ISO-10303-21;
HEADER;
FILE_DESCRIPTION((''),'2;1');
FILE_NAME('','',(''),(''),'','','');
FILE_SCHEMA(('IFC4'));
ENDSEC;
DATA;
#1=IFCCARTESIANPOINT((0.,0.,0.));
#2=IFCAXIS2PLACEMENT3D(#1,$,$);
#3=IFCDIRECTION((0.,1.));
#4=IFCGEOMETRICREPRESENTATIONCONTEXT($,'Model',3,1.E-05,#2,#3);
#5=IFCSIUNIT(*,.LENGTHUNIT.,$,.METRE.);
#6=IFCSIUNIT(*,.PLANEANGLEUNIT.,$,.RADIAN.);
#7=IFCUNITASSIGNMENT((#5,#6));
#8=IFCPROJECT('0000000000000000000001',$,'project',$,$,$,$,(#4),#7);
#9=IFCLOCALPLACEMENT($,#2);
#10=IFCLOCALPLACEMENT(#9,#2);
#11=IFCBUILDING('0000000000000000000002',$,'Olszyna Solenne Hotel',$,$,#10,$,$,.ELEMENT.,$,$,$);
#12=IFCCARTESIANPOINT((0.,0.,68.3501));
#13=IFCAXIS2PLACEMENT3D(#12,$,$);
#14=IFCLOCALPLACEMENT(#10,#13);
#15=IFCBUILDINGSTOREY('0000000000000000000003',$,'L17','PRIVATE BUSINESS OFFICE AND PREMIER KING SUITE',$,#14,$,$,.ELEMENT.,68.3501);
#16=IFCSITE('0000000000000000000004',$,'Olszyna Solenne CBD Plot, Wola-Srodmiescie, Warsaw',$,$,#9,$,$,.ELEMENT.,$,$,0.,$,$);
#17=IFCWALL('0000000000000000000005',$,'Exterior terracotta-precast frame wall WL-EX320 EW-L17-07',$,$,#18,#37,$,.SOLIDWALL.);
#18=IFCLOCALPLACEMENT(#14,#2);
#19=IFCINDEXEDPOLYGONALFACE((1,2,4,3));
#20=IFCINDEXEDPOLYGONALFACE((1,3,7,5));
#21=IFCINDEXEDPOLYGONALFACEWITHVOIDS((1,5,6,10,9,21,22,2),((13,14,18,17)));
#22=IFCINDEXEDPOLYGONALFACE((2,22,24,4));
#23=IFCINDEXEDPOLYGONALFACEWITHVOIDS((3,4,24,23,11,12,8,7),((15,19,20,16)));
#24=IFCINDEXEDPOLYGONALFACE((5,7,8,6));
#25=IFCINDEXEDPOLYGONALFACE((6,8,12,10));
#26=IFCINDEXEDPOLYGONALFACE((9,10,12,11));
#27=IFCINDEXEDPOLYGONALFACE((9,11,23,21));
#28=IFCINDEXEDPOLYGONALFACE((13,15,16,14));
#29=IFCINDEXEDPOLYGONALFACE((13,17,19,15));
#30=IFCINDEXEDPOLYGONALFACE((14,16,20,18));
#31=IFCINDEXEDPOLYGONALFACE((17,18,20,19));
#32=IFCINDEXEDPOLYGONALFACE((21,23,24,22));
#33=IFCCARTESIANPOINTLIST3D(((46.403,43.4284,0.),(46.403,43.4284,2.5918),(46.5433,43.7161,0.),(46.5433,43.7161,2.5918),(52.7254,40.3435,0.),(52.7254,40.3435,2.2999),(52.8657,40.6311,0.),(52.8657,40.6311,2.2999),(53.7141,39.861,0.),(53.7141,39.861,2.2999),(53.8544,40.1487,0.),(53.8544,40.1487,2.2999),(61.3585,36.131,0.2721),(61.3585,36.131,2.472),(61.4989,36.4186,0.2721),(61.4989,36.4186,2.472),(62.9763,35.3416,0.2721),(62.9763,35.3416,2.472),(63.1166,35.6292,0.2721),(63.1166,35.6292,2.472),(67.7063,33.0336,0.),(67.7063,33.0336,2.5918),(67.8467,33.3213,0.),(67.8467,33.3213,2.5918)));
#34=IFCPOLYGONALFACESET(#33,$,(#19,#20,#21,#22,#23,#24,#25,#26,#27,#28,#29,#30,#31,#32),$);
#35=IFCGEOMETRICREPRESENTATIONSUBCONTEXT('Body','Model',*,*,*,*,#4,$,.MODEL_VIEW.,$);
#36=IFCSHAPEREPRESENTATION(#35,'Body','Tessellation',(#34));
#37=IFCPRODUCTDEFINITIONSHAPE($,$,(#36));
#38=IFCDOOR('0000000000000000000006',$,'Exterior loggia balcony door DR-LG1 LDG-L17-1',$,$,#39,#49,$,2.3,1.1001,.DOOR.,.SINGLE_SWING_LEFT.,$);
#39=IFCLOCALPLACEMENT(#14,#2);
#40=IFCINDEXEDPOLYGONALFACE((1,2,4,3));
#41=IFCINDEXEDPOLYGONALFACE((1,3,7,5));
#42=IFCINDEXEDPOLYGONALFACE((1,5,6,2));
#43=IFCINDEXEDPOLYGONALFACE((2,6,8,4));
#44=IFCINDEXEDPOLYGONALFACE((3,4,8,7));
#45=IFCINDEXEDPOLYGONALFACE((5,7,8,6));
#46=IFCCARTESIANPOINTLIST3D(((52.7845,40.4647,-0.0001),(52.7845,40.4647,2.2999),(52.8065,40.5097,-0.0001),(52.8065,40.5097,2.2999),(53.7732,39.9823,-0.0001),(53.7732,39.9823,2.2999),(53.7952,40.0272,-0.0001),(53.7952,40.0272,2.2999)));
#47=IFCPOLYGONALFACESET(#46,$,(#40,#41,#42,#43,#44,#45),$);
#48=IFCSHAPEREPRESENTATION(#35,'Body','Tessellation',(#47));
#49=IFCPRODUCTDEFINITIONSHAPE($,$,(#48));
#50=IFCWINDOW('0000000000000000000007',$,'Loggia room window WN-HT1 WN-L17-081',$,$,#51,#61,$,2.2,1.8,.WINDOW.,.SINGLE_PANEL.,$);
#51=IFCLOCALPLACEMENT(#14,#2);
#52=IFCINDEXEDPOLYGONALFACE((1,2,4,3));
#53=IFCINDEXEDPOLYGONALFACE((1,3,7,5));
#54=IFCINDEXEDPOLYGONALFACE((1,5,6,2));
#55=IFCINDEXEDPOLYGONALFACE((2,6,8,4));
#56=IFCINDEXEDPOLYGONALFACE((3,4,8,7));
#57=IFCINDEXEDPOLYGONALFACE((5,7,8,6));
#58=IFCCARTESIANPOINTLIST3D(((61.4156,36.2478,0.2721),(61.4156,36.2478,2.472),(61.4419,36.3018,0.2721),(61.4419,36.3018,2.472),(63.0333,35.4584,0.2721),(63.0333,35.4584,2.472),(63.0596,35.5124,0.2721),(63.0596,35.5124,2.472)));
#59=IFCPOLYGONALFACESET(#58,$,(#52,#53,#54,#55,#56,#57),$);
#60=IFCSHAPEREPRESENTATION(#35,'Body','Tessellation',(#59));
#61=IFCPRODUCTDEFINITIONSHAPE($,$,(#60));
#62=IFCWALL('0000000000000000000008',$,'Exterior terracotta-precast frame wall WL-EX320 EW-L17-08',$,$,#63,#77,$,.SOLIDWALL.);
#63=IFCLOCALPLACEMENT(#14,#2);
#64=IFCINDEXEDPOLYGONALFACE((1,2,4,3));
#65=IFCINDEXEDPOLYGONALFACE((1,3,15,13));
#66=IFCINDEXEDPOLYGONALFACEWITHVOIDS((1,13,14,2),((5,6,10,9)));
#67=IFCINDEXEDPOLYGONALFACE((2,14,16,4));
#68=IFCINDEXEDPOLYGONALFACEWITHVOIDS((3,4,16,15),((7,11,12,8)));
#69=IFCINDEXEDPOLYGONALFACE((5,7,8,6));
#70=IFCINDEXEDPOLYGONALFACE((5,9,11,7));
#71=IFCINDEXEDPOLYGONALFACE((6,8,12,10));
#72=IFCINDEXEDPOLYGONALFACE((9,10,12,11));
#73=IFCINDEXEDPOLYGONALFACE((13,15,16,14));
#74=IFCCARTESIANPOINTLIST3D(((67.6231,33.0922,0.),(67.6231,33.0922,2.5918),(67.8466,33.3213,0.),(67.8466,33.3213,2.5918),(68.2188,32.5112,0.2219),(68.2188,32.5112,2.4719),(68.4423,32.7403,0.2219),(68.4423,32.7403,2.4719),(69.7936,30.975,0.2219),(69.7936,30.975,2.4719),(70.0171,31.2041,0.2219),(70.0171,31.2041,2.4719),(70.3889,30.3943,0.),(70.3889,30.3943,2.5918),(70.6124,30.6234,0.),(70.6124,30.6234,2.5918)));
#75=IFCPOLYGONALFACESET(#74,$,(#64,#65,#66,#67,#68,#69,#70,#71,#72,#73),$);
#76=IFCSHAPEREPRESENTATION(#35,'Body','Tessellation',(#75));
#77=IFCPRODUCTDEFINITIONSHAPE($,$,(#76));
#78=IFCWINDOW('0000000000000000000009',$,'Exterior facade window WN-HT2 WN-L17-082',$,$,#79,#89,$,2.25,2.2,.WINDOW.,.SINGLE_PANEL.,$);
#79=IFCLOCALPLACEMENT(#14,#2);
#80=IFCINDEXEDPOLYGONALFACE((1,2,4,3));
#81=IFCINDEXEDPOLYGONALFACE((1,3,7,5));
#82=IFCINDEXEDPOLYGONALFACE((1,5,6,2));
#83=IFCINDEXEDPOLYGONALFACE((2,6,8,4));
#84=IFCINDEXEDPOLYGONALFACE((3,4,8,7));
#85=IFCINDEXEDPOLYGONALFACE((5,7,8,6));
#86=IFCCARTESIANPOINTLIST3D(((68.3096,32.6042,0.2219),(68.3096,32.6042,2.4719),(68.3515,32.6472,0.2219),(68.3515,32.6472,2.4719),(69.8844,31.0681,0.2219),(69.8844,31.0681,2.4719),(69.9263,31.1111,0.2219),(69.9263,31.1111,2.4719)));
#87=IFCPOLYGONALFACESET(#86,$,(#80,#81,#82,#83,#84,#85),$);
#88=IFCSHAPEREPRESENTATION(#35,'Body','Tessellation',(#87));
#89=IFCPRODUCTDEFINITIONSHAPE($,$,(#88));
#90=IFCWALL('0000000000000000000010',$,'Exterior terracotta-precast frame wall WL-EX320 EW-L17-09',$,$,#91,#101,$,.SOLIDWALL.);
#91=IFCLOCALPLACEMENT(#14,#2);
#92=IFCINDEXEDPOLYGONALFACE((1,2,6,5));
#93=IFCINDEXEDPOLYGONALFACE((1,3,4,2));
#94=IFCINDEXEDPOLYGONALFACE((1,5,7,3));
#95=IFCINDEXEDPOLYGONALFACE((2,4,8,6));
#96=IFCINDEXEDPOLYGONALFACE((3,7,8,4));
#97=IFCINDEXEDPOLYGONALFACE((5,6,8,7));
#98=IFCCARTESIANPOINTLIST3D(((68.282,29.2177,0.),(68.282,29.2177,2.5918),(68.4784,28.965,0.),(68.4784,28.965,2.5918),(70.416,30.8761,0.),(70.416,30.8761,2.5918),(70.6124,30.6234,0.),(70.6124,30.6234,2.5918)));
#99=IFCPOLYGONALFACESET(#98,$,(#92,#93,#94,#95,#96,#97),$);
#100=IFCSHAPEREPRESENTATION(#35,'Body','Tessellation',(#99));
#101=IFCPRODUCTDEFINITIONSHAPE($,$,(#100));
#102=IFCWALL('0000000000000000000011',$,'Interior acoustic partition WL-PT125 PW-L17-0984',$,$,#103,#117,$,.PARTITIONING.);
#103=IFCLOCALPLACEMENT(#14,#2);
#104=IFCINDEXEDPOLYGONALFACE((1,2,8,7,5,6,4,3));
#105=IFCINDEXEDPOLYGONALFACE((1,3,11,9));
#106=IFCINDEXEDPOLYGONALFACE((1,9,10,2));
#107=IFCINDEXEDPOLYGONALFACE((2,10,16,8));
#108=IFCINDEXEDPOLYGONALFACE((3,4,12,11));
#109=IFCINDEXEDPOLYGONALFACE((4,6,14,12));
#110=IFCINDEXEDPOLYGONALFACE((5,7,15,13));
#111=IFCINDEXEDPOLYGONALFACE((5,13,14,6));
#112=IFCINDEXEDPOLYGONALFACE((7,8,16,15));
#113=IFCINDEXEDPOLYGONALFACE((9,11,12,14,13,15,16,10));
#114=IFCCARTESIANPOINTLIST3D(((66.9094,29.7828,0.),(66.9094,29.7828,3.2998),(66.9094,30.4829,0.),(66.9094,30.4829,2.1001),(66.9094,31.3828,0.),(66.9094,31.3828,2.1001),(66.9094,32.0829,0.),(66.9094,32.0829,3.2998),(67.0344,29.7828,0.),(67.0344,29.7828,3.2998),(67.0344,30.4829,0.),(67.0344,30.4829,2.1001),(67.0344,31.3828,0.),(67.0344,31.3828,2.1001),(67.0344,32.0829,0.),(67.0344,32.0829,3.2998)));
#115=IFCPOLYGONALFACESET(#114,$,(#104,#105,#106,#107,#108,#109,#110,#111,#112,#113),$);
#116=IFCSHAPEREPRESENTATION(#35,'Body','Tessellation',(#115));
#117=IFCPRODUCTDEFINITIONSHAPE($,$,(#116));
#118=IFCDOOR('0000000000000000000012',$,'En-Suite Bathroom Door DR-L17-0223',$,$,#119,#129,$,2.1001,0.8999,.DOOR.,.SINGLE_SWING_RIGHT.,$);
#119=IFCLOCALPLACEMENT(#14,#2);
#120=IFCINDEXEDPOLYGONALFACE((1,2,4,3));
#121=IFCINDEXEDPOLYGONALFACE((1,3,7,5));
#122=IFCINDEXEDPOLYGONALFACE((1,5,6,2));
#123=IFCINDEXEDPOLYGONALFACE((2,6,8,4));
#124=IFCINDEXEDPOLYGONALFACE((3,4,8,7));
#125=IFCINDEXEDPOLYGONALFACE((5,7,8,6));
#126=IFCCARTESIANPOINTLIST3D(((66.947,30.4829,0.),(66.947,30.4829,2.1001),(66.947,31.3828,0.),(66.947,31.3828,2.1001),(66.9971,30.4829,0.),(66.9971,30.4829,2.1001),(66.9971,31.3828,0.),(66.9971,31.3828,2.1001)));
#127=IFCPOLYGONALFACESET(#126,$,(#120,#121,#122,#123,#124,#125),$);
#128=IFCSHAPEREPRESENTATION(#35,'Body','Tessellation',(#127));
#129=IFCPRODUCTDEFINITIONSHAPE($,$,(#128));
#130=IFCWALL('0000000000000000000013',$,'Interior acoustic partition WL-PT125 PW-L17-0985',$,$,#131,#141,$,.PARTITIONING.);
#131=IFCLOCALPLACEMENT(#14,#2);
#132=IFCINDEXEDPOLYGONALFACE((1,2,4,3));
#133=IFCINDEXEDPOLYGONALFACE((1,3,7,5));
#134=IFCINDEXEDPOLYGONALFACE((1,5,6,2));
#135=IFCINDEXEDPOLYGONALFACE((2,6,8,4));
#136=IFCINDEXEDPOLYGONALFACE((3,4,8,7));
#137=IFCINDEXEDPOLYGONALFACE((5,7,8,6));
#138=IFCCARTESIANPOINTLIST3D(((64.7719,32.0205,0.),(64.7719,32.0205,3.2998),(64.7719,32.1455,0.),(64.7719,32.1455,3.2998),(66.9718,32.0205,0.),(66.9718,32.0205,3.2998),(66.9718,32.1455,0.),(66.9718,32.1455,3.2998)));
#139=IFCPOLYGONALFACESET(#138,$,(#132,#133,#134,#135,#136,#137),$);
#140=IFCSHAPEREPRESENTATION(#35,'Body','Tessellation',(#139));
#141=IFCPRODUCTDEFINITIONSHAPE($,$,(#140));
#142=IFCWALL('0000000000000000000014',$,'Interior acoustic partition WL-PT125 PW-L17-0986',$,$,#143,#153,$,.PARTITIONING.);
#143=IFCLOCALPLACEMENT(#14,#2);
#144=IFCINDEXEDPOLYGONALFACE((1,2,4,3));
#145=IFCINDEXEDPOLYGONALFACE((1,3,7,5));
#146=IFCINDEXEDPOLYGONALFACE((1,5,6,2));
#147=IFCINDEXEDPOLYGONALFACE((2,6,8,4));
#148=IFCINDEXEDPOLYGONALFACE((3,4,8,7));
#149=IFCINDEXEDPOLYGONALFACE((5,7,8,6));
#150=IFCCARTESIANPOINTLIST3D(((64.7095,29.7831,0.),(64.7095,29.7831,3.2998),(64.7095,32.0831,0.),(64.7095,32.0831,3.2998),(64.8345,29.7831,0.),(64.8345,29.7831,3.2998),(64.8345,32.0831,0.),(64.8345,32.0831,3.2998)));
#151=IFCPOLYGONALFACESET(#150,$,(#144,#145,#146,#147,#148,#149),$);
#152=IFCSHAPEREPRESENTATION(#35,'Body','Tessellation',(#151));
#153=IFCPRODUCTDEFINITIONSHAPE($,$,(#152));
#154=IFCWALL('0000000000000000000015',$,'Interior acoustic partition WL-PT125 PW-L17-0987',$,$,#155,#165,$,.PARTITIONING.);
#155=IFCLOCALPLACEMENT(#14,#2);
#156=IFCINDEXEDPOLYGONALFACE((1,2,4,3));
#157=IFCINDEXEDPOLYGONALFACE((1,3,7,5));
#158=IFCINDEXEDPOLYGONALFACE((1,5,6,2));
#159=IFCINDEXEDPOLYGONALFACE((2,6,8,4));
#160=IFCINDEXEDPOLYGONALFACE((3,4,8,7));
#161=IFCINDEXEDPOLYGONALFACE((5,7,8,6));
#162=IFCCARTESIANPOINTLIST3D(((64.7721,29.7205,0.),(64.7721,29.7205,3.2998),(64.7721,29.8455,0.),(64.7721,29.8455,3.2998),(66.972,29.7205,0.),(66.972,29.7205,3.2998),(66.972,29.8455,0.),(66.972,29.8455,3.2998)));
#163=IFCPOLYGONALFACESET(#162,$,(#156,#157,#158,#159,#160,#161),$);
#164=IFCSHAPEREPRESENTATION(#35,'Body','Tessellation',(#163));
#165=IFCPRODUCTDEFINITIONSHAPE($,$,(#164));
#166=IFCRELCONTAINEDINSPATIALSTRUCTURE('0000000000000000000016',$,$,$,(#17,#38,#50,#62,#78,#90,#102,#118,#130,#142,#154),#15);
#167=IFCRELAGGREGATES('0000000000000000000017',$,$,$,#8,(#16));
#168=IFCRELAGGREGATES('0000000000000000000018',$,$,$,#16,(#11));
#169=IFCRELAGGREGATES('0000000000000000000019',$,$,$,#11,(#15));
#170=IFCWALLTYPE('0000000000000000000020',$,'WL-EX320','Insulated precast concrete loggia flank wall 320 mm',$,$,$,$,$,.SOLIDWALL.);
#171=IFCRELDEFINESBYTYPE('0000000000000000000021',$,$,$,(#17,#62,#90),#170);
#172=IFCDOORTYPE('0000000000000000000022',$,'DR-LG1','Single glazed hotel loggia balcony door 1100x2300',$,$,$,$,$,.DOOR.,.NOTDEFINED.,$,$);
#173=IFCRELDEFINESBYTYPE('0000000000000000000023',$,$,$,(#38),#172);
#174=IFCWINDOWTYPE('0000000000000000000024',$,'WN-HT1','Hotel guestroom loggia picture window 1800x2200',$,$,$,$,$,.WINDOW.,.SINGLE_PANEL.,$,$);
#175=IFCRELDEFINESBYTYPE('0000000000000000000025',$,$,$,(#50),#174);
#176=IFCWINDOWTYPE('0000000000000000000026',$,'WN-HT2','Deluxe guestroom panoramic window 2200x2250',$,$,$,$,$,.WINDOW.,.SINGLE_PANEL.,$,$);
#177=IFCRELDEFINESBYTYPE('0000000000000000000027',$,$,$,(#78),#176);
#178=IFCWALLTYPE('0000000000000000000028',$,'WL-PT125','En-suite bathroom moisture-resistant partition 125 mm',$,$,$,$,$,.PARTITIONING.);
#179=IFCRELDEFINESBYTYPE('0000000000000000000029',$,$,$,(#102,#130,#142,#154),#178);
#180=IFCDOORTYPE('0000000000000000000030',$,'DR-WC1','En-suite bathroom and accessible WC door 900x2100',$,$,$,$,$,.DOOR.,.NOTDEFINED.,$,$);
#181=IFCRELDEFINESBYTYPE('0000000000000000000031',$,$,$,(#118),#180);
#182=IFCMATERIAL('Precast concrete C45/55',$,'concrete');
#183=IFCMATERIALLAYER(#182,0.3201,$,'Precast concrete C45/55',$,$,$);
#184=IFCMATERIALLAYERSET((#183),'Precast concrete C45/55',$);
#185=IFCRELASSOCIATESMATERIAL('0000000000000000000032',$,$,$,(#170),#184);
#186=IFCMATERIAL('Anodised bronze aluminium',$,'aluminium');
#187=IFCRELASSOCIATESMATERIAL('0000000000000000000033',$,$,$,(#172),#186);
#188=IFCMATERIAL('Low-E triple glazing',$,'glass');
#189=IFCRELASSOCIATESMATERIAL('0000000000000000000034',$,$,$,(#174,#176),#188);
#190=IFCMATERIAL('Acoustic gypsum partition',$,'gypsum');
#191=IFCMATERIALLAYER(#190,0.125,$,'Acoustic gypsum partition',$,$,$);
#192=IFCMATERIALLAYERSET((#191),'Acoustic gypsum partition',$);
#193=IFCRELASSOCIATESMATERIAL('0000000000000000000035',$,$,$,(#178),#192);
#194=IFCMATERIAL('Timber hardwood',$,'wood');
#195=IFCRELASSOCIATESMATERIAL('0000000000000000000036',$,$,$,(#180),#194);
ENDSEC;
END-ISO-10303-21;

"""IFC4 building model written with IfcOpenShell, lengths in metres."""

from ifc_helpers import new_model, si_unit, direction, frame, frame_2d, origin, place, context, subcontext, project, spatial, rectangle, extrude, source, transform, mapped, material, layer, layer_set, type_object, type_shapes, element, fill, save


model = new_model("IFC4")

# Units and contexts
model_context = context("Model", 3, precision=1e-05, world=origin(), true_north=direction((0.0, 1.0)))
body_context = subcontext(model_context, "Body", "Model", "MODEL_VIEW")
ifc_project = project(units=[si_unit("LENGTHUNIT", "METRE"), si_unit("PLANEANGLEUNIT", "RADIAN")], contexts=[model_context])

# Site, building, storey
site_placement = place(None, origin())
site = spatial("IfcSite", under=ifc_project, at=site_placement, Name="Olszyna Solenne CBD Plot, Wola-Srodmiescie, Warsaw", CompositionType="ELEMENT", RefElevation=0.0)
building_placement = place(site_placement, origin())
building = spatial("IfcBuilding", under=site, at=building_placement, Name="Olszyna Solenne Hotel", CompositionType="ELEMENT")
storey_placement = place(building_placement, frame((0.0, 0.0, 68.3501)))
storey = spatial("IfcBuildingStorey", under=building, at=storey_placement, Name="L17", Description="PRIVATE BUSINESS OFFICE AND PREMIER KING SUITE", CompositionType="ELEMENT", Elevation=68.3501)

# Shared definitions
ifc_material_1 = material(Name="Anodised bronze aluminium", Category="aluminium")

# Shared definitions
ifc_material_2 = material(Name="Timber hardwood", Category="wood")

# Wall, openings, door, window
ifc_material_3 = material(Name="Precast concrete C45/55", Category="concrete")
ifc_layer_1 = layer(ifc_material_3, 0.3201, Name="Precast concrete C45/55")
ifc_layer_set_1 = layer_set([ifc_layer_1], Name="Precast concrete C45/55")
wall_type_1 = type_object("IfcWallType", Name="WL-EX320", Description="Insulated precast concrete loggia flank wall 320 mm", PredefinedType="SOLIDWALL", material=ifc_layer_set_1)
wall_1_placement = place(storey_placement, frame((46.4731, 43.5723, 0.0), z_axis=(0.0, 0.0, 1.0), x_axis=(0.898719, -0.438524, 0.0)))
wall_1 = element("IfcWall", 1, at=wall_1_placement, inside=storey, type_object=wall_type_1, Name="Exterior terracotta-precast frame wall WL-EX320 EW-L17-07", PredefinedType="SOLIDWALL", context=body_context, shape_type="SweptSolid", body=[
    extrude(rectangle(XDim=23.7041, YDim=0.3201, at=frame_2d((11.8521, 0.0))), origin(), (0.0, 0.0, 1.0), 2.5918),
])
opening_1_placement = place(wall_1_placement, frame((7.0349, 0.0, 0.0)))
opening_1 = element("IfcOpeningElement", 2, at=opening_1_placement, cuts=wall_1, PredefinedType="OPENING", context=body_context, shape_type="SweptSolid", body=[
    extrude(rectangle(XDim=1.1001, YDim=2.3, at=frame_2d((0.55, 1.1499))), frame((0.0, 0.1699, 0.0), z_axis=(0.0, -1.0, 0.0), x_axis=(1.0, 0.0, 0.0)), (0.0, 0.0, 1.0), 0.3401),
])
opening_2_placement = place(wall_1_placement, frame((16.6411, 0.0, 0.272)))
opening_2 = element("IfcOpeningElement", 3, at=opening_2_placement, cuts=wall_1, PredefinedType="OPENING", context=body_context, shape_type="SweptSolid", body=[
    extrude(rectangle(XDim=1.8, YDim=2.2, at=frame_2d((0.8999, 1.1001))), frame((0.0, 0.1699, 0.0), z_axis=(0.0, -1.0, 0.0), x_axis=(1.0, 0.0, 0.0)), (0.0, 0.0, 1.0), 0.3401),
])
door_type_1 = type_object("IfcDoorType", Name="DR-LG1", Description="Single glazed hotel loggia balcony door 1100x2300", OperationType="NOTDEFINED", PredefinedType="DOOR", material=ifc_material_1)
shared_shape_1 = source(origin(), body_context, "Body", "SweptSolid", [
    extrude(rectangle(XDim=1.1001, YDim=2.3, at=frame_2d((0.55, 1.1499))), frame((0.0, 0.0249, 0.0), z_axis=(0.0, -1.0, 0.0), x_axis=(1.0, 0.0, 0.0)), (0.0, 0.0, 1.0), 0.05),
])
type_shapes(door_type_1, [shared_shape_1])
door_1_placement = place(opening_1_placement, origin())
door_1 = element("IfcDoor", 4, at=door_1_placement, inside=storey, type_object=door_type_1, Name="Exterior loggia balcony door DR-LG1 LDG-L17-1", OperationType="SINGLE_SWING_LEFT", OverallHeight=2.3, OverallWidth=1.1001, PredefinedType="DOOR", context=body_context, shape_type="MappedRepresentation", body=[
    mapped(shared_shape_1, transform((0.0, 0.0, 0.0), x_axis=(1.0, 0.0, 0.0), y_axis=(0.0, 1.0, 0.0), z_axis=(0.0, 0.0, 1.0), scale=1.0)),
])
fill(opening_1, door_1)
ifc_material_4 = material(Name="Low-E triple glazing", Category="glass")
window_type_1 = type_object("IfcWindowType", Name="WN-HT1", Description="Hotel guestroom loggia picture window 1800x2200", PartitioningType="SINGLE_PANEL", PredefinedType="WINDOW", material=ifc_material_4)
shared_shape_2 = source(origin(), body_context, "Body", "SweptSolid", [
    extrude(rectangle(XDim=1.8, YDim=2.2, at=frame_2d((0.8999, 1.1001))), frame((0.0, 0.03, 0.0), z_axis=(0.0, -1.0, 0.0), x_axis=(1.0, 0.0, 0.0)), (0.0, 0.0, 1.0), 0.0601),
])
type_shapes(window_type_1, [shared_shape_2])
window_1_placement = place(opening_2_placement, origin())
window_1 = element("IfcWindow", 5, at=window_1_placement, inside=storey, type_object=window_type_1, Name="Loggia room window WN-HT1 WN-L17-081", OverallHeight=2.2, OverallWidth=1.8, PartitioningType="SINGLE_PANEL", PredefinedType="WINDOW", context=body_context, shape_type="MappedRepresentation", body=[
    mapped(shared_shape_2, transform((0.0, 0.0, 0.0), x_axis=(1.0, 0.0, 0.0), y_axis=(0.0, 1.0, 0.0), z_axis=(0.0, 0.0, 1.0), scale=1.0)),
])
fill(opening_2, window_1)

# Wall, opening, window
wall_2_placement = place(storey_placement, frame((67.7349, 33.2068, 0.0), z_axis=(0.0, 0.0, 1.0), x_axis=(0.715835, -0.698269, 0.0)))
wall_2 = element("IfcWall", 6, at=wall_2_placement, inside=storey, type_object=wall_type_1, Name="Exterior terracotta-precast frame wall WL-EX320 EW-L17-08", PredefinedType="SOLIDWALL", context=body_context, shape_type="SweptSolid", body=[
    extrude(rectangle(XDim=3.8638, YDim=0.3201, at=frame_2d((1.9319, 0.0))), origin(), (0.0, 0.0, 1.0), 2.5918),
])
opening_3_placement = place(wall_2_placement, frame((0.832, 0.0, 0.2219)))
opening_3 = element("IfcOpeningElement", 7, at=opening_3_placement, cuts=wall_2, PredefinedType="OPENING", context=body_context, shape_type="SweptSolid", body=[
    extrude(rectangle(XDim=2.2, YDim=2.25, at=frame_2d((1.1001, 1.125))), frame((0.0, 0.1699, 0.0), z_axis=(0.0, -1.0, 0.0), x_axis=(1.0, 0.0, 0.0)), (0.0, 0.0, 1.0), 0.3401),
])
window_type_2 = type_object("IfcWindowType", Name="WN-HT2", Description="Deluxe guestroom panoramic window 2200x2250", PartitioningType="SINGLE_PANEL", PredefinedType="WINDOW", material=ifc_material_4)
shared_shape_3 = source(origin(), body_context, "Body", "SweptSolid", [
    extrude(rectangle(XDim=2.2, YDim=2.25, at=frame_2d((1.1001, 1.125))), frame((0.0, 0.03, 0.0), z_axis=(0.0, -1.0, 0.0), x_axis=(1.0, 0.0, 0.0)), (0.0, 0.0, 1.0), 0.0601),
])
type_shapes(window_type_2, [shared_shape_3])
window_2_placement = place(opening_3_placement, origin())
window_2 = element("IfcWindow", 8, at=window_2_placement, inside=storey, type_object=window_type_2, Name="Exterior facade window WN-HT2 WN-L17-082", OverallHeight=2.25, OverallWidth=2.2, PartitioningType="SINGLE_PANEL", PredefinedType="WINDOW", context=body_context, shape_type="MappedRepresentation", body=[
    mapped(shared_shape_3, transform((0.0, 0.0, 0.0), x_axis=(1.0, 0.0, 0.0), y_axis=(0.0, 1.0, 0.0), z_axis=(0.0, 0.0, 1.0), scale=1.0)),
])
fill(opening_3, window_2)

# Wall
wall_3_placement = place(storey_placement, frame((70.5142, 30.7498, 0.0), z_axis=(0.0, 0.0, 1.0), x_axis=(-0.789595, -0.613628, 0.0)))
element("IfcWall", 9, at=wall_3_placement, inside=storey, type_object=wall_type_1, Name="Exterior terracotta-precast frame wall WL-EX320 EW-L17-09", PredefinedType="SOLIDWALL", context=body_context, shape_type="SweptSolid", body=[
    extrude(rectangle(XDim=2.7026, YDim=0.3201, at=frame_2d((1.3513, 0.0))), origin(), (0.0, 0.0, 1.0), 2.5918),
])

# Wall, opening, door
ifc_material_5 = material(Name="Acoustic gypsum partition", Category="gypsum")
ifc_layer_2 = layer(ifc_material_5, 0.125, Name="Acoustic gypsum partition")
ifc_layer_set_2 = layer_set([ifc_layer_2], Name="Acoustic gypsum partition")
wall_type_2 = type_object("IfcWallType", Name="WL-PT125", Description="En-suite bathroom moisture-resistant partition 125 mm", PredefinedType="PARTITIONING", material=ifc_layer_set_2)
wall_4_placement = place(storey_placement, frame((66.9719, 29.783, 0.0), z_axis=(0.0, 0.0, 1.0), x_axis=(0.0, 1.0, 0.0)))
wall_4 = element("IfcWall", 10, at=wall_4_placement, inside=storey, type_object=wall_type_2, Name="Interior acoustic partition WL-PT125 PW-L17-0984", PredefinedType="PARTITIONING", context=body_context, shape_type="SweptSolid", body=[
    extrude(rectangle(XDim=2.3, YDim=0.125, at=frame_2d((1.1499, 0.0))), origin(), (0.0, 0.0, 1.0), 3.2998),
])
opening_4_placement = place(wall_4_placement, frame((0.7, 0.0, 0.0)))
opening_4 = element("IfcOpeningElement", 11, at=opening_4_placement, cuts=wall_4, PredefinedType="OPENING", context=body_context, shape_type="SweptSolid", body=[
    extrude(rectangle(XDim=0.8999, YDim=2.1001, at=frame_2d((0.45, 1.05))), frame((0.0, 0.0725, 0.0), z_axis=(0.0, -1.0, 0.0), x_axis=(1.0, 0.0, 0.0)), (0.0, 0.0, 1.0), 0.145),
])
door_type_2 = type_object("IfcDoorType", Name="DR-WC1", Description="En-suite bathroom and accessible WC door 900x2100", OperationType="NOTDEFINED", PredefinedType="DOOR", material=ifc_material_2)
shared_shape_4 = source(origin(), body_context, "Body", "SweptSolid", [
    extrude(rectangle(XDim=0.8999, YDim=2.1001, at=frame_2d((0.45, 1.05))), frame((0.0, 0.0249, 0.0), z_axis=(0.0, -1.0, 0.0), x_axis=(1.0, 0.0, 0.0)), (0.0, 0.0, 1.0), 0.05),
])
type_shapes(door_type_2, [shared_shape_4])
door_2_placement = place(opening_4_placement, origin())
door_2 = element("IfcDoor", 12, at=door_2_placement, inside=storey, type_object=door_type_2, Name="En-Suite Bathroom Door DR-L17-0223", OperationType="SINGLE_SWING_RIGHT", OverallHeight=2.1001, OverallWidth=0.8999, PredefinedType="DOOR", context=body_context, shape_type="MappedRepresentation", body=[
    mapped(shared_shape_4, transform((0.0, 0.0, 0.0), x_axis=(1.0, 0.0, 0.0), y_axis=(0.0, 1.0, 0.0), z_axis=(0.0, 0.0, 1.0), scale=1.0)),
])
fill(opening_4, door_2)

# Walls
wall_5_placement = place(storey_placement, frame((66.9719, 32.083, 0.0), z_axis=(0.0, 0.0, 1.0), x_axis=(-1.0, 0.0, 0.0)))
element("IfcWall", 13, at=wall_5_placement, inside=storey, type_object=wall_type_2, Name="Interior acoustic partition WL-PT125 PW-L17-0985", PredefinedType="PARTITIONING", context=body_context, shape_type="SweptSolid", body=[
    extrude(rectangle(XDim=2.2, YDim=0.125, at=frame_2d((1.1001, 0.0))), origin(), (0.0, 0.0, 1.0), 3.2998),
])
wall_6_placement = place(storey_placement, frame((64.772, 32.083, 0.0), z_axis=(0.0, 0.0, 1.0), x_axis=(0.0, -1.0, 0.0)))
element("IfcWall", 14, at=wall_6_placement, inside=storey, type_object=wall_type_2, Name="Interior acoustic partition WL-PT125 PW-L17-0986", PredefinedType="PARTITIONING", context=body_context, shape_type="SweptSolid", body=[
    extrude(rectangle(XDim=2.3, YDim=0.125, at=frame_2d((1.1499, 0.0))), origin(), (0.0, 0.0, 1.0), 3.2998),
])
wall_7_placement = place(storey_placement, frame((64.772, 29.783, 0.0), z_axis=(0.0, 0.0, 1.0), x_axis=(1.0, 0.0, 0.0)))
element("IfcWall", 15, at=wall_7_placement, inside=storey, type_object=wall_type_2, Name="Interior acoustic partition WL-PT125 PW-L17-0987", PredefinedType="PARTITIONING", context=body_context, shape_type="SweptSolid", body=[
    extrude(rectangle(XDim=2.2, YDim=0.125, at=frame_2d((1.1001, 0.0))), origin(), (0.0, 0.0, 1.0), 3.2998),
])

save(model, "model.ifc")
